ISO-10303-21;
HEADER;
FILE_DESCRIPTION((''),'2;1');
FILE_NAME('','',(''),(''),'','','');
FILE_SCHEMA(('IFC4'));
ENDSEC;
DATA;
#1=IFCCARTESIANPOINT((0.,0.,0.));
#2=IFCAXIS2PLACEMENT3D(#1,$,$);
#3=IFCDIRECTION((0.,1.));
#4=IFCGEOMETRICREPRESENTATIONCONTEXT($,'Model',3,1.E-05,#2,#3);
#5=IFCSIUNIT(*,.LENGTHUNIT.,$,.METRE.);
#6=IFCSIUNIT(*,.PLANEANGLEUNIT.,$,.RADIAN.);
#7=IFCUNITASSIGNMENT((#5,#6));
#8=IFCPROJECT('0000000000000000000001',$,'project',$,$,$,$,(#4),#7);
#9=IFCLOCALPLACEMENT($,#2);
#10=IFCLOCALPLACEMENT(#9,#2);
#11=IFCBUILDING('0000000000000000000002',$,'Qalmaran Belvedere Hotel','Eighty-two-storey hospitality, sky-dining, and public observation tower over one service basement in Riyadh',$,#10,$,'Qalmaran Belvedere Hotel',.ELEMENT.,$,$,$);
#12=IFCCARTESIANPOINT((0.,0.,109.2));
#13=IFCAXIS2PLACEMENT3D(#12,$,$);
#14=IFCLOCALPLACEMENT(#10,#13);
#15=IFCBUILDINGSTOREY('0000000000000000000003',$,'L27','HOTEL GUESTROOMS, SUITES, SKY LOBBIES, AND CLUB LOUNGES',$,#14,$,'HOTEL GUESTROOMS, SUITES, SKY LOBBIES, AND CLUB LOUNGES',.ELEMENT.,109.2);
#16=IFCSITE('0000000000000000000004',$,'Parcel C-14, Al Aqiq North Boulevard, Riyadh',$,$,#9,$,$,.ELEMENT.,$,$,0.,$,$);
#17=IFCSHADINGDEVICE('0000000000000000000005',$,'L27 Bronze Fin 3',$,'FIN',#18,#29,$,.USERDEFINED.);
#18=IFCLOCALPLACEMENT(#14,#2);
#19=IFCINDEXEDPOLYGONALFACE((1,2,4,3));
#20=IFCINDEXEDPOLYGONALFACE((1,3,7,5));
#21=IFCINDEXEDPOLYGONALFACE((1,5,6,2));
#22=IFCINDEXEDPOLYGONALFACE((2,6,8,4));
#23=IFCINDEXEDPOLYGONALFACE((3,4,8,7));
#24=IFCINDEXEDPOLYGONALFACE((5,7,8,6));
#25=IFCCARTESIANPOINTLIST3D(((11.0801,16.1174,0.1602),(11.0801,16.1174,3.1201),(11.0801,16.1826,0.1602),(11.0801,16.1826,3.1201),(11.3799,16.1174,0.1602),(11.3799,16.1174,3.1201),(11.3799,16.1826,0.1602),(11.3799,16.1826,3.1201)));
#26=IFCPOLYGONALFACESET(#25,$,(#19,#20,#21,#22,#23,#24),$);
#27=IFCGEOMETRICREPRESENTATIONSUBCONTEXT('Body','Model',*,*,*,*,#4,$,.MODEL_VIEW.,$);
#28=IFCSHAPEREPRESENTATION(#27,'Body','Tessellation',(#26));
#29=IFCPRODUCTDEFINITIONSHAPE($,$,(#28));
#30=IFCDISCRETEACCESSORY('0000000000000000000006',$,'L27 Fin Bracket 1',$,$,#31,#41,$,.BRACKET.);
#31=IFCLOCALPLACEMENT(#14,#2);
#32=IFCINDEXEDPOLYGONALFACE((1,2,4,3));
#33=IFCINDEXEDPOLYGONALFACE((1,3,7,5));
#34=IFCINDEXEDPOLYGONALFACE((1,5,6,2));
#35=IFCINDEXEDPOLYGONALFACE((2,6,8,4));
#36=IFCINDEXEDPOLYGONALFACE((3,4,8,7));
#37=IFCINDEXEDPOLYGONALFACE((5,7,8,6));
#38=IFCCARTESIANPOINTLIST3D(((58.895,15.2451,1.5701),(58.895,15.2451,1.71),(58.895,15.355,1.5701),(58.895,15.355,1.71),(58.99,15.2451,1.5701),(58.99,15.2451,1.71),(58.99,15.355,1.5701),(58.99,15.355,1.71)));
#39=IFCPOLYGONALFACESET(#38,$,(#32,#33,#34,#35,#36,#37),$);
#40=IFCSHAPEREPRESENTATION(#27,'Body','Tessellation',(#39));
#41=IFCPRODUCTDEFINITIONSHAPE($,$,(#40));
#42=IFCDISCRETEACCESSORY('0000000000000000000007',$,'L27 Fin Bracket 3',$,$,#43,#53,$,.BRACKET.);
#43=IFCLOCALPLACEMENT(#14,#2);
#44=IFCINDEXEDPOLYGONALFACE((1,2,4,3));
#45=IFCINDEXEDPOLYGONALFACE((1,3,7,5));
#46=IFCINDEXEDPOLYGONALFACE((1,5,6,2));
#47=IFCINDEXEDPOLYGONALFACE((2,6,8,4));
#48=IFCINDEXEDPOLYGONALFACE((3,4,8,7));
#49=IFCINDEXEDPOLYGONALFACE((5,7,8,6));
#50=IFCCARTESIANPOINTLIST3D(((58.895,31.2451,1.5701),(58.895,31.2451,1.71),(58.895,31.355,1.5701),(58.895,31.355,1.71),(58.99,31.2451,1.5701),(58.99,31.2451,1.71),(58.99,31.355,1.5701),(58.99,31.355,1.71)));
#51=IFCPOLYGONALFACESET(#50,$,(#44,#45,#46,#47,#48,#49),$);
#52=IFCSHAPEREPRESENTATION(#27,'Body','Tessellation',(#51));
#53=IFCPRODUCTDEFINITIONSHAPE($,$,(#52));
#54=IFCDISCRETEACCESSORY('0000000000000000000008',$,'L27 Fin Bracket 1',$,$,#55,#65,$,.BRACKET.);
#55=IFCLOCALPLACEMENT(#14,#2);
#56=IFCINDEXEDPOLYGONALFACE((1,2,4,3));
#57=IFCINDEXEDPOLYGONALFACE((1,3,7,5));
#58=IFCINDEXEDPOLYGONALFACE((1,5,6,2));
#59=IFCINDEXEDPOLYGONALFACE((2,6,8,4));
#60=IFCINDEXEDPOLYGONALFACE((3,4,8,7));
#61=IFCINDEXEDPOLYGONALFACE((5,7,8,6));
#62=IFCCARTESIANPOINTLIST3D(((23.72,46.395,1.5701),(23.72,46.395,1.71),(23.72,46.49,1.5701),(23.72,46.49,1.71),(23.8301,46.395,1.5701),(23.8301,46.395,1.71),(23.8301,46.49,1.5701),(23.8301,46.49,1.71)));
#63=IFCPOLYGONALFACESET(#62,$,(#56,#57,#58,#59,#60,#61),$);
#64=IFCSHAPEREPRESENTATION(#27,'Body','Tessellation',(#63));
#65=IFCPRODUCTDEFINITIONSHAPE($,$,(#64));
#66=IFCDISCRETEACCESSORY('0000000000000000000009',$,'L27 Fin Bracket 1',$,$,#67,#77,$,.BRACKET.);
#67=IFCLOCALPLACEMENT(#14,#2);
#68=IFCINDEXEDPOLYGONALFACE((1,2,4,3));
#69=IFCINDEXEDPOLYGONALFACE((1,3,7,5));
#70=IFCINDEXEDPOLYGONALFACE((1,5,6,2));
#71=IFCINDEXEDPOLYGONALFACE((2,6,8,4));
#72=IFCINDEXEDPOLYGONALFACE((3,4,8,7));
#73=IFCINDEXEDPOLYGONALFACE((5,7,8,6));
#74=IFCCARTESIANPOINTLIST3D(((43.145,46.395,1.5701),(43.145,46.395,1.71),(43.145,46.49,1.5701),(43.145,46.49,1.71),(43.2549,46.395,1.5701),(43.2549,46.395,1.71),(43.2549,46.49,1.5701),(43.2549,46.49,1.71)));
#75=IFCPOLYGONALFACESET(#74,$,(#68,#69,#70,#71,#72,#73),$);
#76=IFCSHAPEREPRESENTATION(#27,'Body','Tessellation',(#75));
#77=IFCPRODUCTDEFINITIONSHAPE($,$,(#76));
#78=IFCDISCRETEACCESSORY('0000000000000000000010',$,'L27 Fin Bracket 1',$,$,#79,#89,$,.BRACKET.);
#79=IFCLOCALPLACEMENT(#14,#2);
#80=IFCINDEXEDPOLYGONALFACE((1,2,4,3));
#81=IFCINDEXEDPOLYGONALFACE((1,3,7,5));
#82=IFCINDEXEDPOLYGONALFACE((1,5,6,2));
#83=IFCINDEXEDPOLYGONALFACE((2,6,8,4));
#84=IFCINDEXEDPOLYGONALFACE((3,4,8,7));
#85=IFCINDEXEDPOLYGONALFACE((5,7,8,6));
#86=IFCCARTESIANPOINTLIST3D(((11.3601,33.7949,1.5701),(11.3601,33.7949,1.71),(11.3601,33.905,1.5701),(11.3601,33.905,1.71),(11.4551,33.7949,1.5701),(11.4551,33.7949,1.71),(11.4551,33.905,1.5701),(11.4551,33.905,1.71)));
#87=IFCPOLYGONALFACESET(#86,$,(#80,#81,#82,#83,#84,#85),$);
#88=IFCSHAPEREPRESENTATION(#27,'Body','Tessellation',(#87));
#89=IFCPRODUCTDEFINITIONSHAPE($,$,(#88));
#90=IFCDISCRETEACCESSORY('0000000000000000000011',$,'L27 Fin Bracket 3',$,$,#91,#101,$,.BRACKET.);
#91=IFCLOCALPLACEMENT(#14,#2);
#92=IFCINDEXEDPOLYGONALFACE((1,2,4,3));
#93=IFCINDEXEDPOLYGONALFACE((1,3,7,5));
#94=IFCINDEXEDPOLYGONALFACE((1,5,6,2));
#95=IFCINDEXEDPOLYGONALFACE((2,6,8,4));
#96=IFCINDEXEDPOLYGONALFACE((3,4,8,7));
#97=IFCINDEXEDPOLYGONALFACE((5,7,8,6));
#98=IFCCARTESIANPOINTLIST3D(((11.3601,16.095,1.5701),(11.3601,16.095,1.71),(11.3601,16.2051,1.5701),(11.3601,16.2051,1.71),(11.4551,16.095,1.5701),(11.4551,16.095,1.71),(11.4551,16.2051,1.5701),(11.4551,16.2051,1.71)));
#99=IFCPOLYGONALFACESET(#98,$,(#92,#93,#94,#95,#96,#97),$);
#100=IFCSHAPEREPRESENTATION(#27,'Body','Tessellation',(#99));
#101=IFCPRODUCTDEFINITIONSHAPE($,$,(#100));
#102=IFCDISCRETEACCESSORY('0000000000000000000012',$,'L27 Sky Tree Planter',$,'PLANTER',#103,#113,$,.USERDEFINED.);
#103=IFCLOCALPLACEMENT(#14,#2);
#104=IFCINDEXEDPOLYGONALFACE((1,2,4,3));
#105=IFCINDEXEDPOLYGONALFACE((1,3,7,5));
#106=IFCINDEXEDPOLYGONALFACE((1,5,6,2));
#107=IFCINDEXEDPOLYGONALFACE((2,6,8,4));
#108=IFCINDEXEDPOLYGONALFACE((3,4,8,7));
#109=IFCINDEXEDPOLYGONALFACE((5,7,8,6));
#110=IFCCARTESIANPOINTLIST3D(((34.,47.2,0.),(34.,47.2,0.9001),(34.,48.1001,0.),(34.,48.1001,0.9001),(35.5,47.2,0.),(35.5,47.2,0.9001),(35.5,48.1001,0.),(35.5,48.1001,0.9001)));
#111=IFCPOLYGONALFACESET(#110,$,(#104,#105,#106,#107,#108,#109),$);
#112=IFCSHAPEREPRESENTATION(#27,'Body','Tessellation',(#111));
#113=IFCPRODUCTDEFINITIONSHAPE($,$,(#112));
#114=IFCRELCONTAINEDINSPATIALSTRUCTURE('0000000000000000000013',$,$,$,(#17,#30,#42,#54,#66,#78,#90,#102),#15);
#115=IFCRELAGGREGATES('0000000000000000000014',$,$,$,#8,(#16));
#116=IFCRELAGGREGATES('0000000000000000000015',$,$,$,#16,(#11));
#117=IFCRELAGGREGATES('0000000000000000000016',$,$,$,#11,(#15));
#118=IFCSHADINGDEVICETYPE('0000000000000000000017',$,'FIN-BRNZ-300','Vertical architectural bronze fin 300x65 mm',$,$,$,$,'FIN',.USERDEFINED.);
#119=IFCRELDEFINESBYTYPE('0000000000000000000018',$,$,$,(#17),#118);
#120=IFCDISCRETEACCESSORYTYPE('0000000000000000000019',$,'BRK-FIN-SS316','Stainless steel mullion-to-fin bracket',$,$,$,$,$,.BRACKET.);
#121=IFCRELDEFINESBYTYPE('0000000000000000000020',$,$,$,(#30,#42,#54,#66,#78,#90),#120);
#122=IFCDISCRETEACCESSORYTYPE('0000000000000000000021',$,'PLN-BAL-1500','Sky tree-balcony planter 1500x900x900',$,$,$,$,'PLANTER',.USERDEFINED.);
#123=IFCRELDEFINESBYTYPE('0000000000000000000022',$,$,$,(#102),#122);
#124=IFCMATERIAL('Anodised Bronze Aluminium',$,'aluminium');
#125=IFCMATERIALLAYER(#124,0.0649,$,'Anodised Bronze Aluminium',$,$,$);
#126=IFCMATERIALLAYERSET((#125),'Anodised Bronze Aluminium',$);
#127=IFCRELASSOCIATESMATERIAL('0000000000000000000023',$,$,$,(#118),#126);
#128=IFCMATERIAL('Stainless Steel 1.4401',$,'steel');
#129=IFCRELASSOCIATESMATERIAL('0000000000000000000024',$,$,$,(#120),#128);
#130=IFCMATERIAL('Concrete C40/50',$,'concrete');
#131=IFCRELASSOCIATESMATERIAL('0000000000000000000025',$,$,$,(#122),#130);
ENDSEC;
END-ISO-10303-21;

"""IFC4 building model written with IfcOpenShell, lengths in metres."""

from ifc_helpers import new_model, si_unit, direction, frame, origin, place, context, subcontext, project, spatial, polyline, outline, extrude, material, layer, layer_set, type_object, element, save


model = new_model("IFC4")

# Units and contexts
model_context = context("Model", 3, precision=1e-05, world=origin(), true_north=direction((0.0, 1.0)))
body_context = subcontext(model_context, "Body", "Model", "MODEL_VIEW")
ifc_project = project(units=[si_unit("LENGTHUNIT", "METRE"), si_unit("PLANEANGLEUNIT", "RADIAN")], contexts=[model_context])

# Site, building, storey
site_placement = place(None, origin())
site = spatial("IfcSite", under=ifc_project, at=site_placement, Name="Parcel C-14, Al Aqiq North Boulevard, Riyadh", CompositionType="ELEMENT", RefElevation=0.0)
building_placement = place(site_placement, origin())
building = spatial("IfcBuilding", under=site, at=building_placement, Name="Qalmaran Belvedere Hotel", Description="Eighty-two-storey hospitality, sky-dining, and public observation tower over one service basement in Riyadh", LongName="Qalmaran Belvedere Hotel", CompositionType="ELEMENT")
storey_placement = place(building_placement, frame((0.0, 0.0, 109.2)))
storey = spatial("IfcBuildingStorey", under=building, at=storey_placement, Name="L27", Description="HOTEL GUESTROOMS, SUITES, SKY LOBBIES, AND CLUB LOUNGES", LongName="HOTEL GUESTROOMS, SUITES, SKY LOBBIES, AND CLUB LOUNGES", CompositionType="ELEMENT", Elevation=109.2)

# Shared definitions
ifc_material_1 = material(Name="Anodised Bronze Aluminium", Category="aluminium")

# Shared definitions
ifc_material_2 = material(Name="Concrete C40/50", Category="concrete")

# Shading device
ifc_layer_1 = layer(ifc_material_1, 0.0649, Name="Anodised Bronze Aluminium")
ifc_layer_set_1 = layer_set([ifc_layer_1], Name="Anodised Bronze Aluminium")
shading_device_type = type_object("IfcShadingDeviceType", Name="FIN-BRNZ-300", Description="Vertical architectural bronze fin 300x65 mm", ElementType="FIN", PredefinedType="USERDEFINED", material=ifc_layer_set_1)
shading_device_1_placement = place(storey_placement, frame((0.0, 0.0, 0.1602)))
element("IfcShadingDevice", 1, at=shading_device_1_placement, inside=storey, type_object=shading_device_type, Name="L27 Bronze Fin 3", ObjectType="FIN", PredefinedType="USERDEFINED", context=body_context, shape_type="SweptSolid", body=[
    extrude(outline(polyline([(11.3799, 16.1826), (11.0801, 16.1826), (11.0801, 16.1174), (11.3799, 16.1174), (11.3799, 16.1826)])), origin(), (0.0, 0.0, 1.0), 2.96),
])

# Discrete accessories
ifc_material_3 = material(Name="Stainless Steel 1.4401", Category="steel")
discrete_accessory_type_1 = type_object("IfcDiscreteAccessoryType", Name="BRK-FIN-SS316", Description="Stainless steel mullion-to-fin bracket", PredefinedType="BRACKET", material=ifc_material_3)
discrete_accessory_1_placement = place(storey_placement, frame((0.0, 0.0, 1.5701)))
element("IfcDiscreteAccessory", 2, at=discrete_accessory_1_placement, inside=storey, type_object=discrete_accessory_type_1, Name="L27 Fin Bracket 1", PredefinedType="BRACKET", context=body_context, shape_type="SweptSolid", body=[
    extrude(outline(polyline([(58.895, 15.2451), (58.99, 15.2451), (58.99, 15.355), (58.895, 15.355), (58.895, 15.2451)])), origin(), (0.0, 0.0, 1.0), 0.1399),
])
discrete_accessory_2_placement = place(storey_placement, frame((0.0, 0.0, 1.5701)))
element("IfcDiscreteAccessory", 3, at=discrete_accessory_2_placement, inside=storey, type_object=discrete_accessory_type_1, Name="L27 Fin Bracket 3", PredefinedType="BRACKET", context=body_context, shape_type="SweptSolid", body=[
    extrude(outline(polyline([(58.895, 31.2451), (58.99, 31.2451), (58.99, 31.355), (58.895, 31.355), (58.895, 31.2451)])), origin(), (0.0, 0.0, 1.0), 0.1399),
])
discrete_accessory_3_placement = place(storey_placement, frame((0.0, 0.0, 1.5701)))
element("IfcDiscreteAccessory", 4, at=discrete_accessory_3_placement, inside=storey, type_object=discrete_accessory_type_1, Name="L27 Fin Bracket 1", PredefinedType="BRACKET", context=body_context, shape_type="SweptSolid", body=[
    extrude(outline(polyline([(23.8301, 46.395), (23.8301, 46.49), (23.72, 46.49), (23.72, 46.395), (23.8301, 46.395)])), origin(), (0.0, 0.0, 1.0), 0.1399),
])
discrete_accessory_4_placement = place(storey_placement, frame((0.0, 0.0, 1.5701)))
element("IfcDiscreteAccessory", 5, at=discrete_accessory_4_placement, inside=storey, type_object=discrete_accessory_type_1, Name="L27 Fin Bracket 1", PredefinedType="BRACKET", context=body_context, shape_type="SweptSolid", body=[
    extrude(outline(polyline([(43.2549, 46.395), (43.2549, 46.49), (43.145, 46.49), (43.145, 46.395), (43.2549, 46.395)])), origin(), (0.0, 0.0, 1.0), 0.1399),
])
discrete_accessory_5_placement = place(storey_placement, frame((0.0, 0.0, 1.5701)))
element("IfcDiscreteAccessory", 6, at=discrete_accessory_5_placement, inside=storey, type_object=discrete_accessory_type_1, Name="L27 Fin Bracket 1", PredefinedType="BRACKET", context=body_context, shape_type="SweptSolid", body=[
    extrude(outline(polyline([(11.4551, 33.905), (11.3601, 33.905), (11.3601, 33.7949), (11.4551, 33.7949), (11.4551, 33.905)])), origin(), (0.0, 0.0, 1.0), 0.1399),
])
discrete_accessory_6_placement = place(storey_placement, frame((0.0, 0.0, 1.5701)))
element("IfcDiscreteAccessory", 7, at=discrete_accessory_6_placement, inside=storey, type_object=discrete_accessory_type_1, Name="L27 Fin Bracket 3", PredefinedType="BRACKET", context=body_context, shape_type="SweptSolid", body=[
    extrude(outline(polyline([(11.4551, 16.2051), (11.3601, 16.2051), (11.3601, 16.095), (11.4551, 16.095), (11.4551, 16.2051)])), origin(), (0.0, 0.0, 1.0), 0.1399),
])
discrete_accessory_type_2 = type_object("IfcDiscreteAccessoryType", Name="PLN-BAL-1500", Description="Sky tree-balcony planter 1500x900x900", ElementType="PLANTER", PredefinedType="USERDEFINED", material=ifc_material_2)
discrete_accessory_7_placement = place(storey_placement, origin())
element("IfcDiscreteAccessory", 8, at=discrete_accessory_7_placement, inside=storey, type_object=discrete_accessory_type_2, Name="L27 Sky Tree Planter", ObjectType="PLANTER", PredefinedType="USERDEFINED", context=body_context, shape_type="SweptSolid", body=[
    extrude(outline(polyline([(34.0, 47.2), (35.5, 47.2), (35.5, 48.1001), (34.0, 48.1001), (34.0, 47.2)])), origin(), (0.0, 0.0, 1.0), 0.9001),
])

save(model, "model.ifc")
